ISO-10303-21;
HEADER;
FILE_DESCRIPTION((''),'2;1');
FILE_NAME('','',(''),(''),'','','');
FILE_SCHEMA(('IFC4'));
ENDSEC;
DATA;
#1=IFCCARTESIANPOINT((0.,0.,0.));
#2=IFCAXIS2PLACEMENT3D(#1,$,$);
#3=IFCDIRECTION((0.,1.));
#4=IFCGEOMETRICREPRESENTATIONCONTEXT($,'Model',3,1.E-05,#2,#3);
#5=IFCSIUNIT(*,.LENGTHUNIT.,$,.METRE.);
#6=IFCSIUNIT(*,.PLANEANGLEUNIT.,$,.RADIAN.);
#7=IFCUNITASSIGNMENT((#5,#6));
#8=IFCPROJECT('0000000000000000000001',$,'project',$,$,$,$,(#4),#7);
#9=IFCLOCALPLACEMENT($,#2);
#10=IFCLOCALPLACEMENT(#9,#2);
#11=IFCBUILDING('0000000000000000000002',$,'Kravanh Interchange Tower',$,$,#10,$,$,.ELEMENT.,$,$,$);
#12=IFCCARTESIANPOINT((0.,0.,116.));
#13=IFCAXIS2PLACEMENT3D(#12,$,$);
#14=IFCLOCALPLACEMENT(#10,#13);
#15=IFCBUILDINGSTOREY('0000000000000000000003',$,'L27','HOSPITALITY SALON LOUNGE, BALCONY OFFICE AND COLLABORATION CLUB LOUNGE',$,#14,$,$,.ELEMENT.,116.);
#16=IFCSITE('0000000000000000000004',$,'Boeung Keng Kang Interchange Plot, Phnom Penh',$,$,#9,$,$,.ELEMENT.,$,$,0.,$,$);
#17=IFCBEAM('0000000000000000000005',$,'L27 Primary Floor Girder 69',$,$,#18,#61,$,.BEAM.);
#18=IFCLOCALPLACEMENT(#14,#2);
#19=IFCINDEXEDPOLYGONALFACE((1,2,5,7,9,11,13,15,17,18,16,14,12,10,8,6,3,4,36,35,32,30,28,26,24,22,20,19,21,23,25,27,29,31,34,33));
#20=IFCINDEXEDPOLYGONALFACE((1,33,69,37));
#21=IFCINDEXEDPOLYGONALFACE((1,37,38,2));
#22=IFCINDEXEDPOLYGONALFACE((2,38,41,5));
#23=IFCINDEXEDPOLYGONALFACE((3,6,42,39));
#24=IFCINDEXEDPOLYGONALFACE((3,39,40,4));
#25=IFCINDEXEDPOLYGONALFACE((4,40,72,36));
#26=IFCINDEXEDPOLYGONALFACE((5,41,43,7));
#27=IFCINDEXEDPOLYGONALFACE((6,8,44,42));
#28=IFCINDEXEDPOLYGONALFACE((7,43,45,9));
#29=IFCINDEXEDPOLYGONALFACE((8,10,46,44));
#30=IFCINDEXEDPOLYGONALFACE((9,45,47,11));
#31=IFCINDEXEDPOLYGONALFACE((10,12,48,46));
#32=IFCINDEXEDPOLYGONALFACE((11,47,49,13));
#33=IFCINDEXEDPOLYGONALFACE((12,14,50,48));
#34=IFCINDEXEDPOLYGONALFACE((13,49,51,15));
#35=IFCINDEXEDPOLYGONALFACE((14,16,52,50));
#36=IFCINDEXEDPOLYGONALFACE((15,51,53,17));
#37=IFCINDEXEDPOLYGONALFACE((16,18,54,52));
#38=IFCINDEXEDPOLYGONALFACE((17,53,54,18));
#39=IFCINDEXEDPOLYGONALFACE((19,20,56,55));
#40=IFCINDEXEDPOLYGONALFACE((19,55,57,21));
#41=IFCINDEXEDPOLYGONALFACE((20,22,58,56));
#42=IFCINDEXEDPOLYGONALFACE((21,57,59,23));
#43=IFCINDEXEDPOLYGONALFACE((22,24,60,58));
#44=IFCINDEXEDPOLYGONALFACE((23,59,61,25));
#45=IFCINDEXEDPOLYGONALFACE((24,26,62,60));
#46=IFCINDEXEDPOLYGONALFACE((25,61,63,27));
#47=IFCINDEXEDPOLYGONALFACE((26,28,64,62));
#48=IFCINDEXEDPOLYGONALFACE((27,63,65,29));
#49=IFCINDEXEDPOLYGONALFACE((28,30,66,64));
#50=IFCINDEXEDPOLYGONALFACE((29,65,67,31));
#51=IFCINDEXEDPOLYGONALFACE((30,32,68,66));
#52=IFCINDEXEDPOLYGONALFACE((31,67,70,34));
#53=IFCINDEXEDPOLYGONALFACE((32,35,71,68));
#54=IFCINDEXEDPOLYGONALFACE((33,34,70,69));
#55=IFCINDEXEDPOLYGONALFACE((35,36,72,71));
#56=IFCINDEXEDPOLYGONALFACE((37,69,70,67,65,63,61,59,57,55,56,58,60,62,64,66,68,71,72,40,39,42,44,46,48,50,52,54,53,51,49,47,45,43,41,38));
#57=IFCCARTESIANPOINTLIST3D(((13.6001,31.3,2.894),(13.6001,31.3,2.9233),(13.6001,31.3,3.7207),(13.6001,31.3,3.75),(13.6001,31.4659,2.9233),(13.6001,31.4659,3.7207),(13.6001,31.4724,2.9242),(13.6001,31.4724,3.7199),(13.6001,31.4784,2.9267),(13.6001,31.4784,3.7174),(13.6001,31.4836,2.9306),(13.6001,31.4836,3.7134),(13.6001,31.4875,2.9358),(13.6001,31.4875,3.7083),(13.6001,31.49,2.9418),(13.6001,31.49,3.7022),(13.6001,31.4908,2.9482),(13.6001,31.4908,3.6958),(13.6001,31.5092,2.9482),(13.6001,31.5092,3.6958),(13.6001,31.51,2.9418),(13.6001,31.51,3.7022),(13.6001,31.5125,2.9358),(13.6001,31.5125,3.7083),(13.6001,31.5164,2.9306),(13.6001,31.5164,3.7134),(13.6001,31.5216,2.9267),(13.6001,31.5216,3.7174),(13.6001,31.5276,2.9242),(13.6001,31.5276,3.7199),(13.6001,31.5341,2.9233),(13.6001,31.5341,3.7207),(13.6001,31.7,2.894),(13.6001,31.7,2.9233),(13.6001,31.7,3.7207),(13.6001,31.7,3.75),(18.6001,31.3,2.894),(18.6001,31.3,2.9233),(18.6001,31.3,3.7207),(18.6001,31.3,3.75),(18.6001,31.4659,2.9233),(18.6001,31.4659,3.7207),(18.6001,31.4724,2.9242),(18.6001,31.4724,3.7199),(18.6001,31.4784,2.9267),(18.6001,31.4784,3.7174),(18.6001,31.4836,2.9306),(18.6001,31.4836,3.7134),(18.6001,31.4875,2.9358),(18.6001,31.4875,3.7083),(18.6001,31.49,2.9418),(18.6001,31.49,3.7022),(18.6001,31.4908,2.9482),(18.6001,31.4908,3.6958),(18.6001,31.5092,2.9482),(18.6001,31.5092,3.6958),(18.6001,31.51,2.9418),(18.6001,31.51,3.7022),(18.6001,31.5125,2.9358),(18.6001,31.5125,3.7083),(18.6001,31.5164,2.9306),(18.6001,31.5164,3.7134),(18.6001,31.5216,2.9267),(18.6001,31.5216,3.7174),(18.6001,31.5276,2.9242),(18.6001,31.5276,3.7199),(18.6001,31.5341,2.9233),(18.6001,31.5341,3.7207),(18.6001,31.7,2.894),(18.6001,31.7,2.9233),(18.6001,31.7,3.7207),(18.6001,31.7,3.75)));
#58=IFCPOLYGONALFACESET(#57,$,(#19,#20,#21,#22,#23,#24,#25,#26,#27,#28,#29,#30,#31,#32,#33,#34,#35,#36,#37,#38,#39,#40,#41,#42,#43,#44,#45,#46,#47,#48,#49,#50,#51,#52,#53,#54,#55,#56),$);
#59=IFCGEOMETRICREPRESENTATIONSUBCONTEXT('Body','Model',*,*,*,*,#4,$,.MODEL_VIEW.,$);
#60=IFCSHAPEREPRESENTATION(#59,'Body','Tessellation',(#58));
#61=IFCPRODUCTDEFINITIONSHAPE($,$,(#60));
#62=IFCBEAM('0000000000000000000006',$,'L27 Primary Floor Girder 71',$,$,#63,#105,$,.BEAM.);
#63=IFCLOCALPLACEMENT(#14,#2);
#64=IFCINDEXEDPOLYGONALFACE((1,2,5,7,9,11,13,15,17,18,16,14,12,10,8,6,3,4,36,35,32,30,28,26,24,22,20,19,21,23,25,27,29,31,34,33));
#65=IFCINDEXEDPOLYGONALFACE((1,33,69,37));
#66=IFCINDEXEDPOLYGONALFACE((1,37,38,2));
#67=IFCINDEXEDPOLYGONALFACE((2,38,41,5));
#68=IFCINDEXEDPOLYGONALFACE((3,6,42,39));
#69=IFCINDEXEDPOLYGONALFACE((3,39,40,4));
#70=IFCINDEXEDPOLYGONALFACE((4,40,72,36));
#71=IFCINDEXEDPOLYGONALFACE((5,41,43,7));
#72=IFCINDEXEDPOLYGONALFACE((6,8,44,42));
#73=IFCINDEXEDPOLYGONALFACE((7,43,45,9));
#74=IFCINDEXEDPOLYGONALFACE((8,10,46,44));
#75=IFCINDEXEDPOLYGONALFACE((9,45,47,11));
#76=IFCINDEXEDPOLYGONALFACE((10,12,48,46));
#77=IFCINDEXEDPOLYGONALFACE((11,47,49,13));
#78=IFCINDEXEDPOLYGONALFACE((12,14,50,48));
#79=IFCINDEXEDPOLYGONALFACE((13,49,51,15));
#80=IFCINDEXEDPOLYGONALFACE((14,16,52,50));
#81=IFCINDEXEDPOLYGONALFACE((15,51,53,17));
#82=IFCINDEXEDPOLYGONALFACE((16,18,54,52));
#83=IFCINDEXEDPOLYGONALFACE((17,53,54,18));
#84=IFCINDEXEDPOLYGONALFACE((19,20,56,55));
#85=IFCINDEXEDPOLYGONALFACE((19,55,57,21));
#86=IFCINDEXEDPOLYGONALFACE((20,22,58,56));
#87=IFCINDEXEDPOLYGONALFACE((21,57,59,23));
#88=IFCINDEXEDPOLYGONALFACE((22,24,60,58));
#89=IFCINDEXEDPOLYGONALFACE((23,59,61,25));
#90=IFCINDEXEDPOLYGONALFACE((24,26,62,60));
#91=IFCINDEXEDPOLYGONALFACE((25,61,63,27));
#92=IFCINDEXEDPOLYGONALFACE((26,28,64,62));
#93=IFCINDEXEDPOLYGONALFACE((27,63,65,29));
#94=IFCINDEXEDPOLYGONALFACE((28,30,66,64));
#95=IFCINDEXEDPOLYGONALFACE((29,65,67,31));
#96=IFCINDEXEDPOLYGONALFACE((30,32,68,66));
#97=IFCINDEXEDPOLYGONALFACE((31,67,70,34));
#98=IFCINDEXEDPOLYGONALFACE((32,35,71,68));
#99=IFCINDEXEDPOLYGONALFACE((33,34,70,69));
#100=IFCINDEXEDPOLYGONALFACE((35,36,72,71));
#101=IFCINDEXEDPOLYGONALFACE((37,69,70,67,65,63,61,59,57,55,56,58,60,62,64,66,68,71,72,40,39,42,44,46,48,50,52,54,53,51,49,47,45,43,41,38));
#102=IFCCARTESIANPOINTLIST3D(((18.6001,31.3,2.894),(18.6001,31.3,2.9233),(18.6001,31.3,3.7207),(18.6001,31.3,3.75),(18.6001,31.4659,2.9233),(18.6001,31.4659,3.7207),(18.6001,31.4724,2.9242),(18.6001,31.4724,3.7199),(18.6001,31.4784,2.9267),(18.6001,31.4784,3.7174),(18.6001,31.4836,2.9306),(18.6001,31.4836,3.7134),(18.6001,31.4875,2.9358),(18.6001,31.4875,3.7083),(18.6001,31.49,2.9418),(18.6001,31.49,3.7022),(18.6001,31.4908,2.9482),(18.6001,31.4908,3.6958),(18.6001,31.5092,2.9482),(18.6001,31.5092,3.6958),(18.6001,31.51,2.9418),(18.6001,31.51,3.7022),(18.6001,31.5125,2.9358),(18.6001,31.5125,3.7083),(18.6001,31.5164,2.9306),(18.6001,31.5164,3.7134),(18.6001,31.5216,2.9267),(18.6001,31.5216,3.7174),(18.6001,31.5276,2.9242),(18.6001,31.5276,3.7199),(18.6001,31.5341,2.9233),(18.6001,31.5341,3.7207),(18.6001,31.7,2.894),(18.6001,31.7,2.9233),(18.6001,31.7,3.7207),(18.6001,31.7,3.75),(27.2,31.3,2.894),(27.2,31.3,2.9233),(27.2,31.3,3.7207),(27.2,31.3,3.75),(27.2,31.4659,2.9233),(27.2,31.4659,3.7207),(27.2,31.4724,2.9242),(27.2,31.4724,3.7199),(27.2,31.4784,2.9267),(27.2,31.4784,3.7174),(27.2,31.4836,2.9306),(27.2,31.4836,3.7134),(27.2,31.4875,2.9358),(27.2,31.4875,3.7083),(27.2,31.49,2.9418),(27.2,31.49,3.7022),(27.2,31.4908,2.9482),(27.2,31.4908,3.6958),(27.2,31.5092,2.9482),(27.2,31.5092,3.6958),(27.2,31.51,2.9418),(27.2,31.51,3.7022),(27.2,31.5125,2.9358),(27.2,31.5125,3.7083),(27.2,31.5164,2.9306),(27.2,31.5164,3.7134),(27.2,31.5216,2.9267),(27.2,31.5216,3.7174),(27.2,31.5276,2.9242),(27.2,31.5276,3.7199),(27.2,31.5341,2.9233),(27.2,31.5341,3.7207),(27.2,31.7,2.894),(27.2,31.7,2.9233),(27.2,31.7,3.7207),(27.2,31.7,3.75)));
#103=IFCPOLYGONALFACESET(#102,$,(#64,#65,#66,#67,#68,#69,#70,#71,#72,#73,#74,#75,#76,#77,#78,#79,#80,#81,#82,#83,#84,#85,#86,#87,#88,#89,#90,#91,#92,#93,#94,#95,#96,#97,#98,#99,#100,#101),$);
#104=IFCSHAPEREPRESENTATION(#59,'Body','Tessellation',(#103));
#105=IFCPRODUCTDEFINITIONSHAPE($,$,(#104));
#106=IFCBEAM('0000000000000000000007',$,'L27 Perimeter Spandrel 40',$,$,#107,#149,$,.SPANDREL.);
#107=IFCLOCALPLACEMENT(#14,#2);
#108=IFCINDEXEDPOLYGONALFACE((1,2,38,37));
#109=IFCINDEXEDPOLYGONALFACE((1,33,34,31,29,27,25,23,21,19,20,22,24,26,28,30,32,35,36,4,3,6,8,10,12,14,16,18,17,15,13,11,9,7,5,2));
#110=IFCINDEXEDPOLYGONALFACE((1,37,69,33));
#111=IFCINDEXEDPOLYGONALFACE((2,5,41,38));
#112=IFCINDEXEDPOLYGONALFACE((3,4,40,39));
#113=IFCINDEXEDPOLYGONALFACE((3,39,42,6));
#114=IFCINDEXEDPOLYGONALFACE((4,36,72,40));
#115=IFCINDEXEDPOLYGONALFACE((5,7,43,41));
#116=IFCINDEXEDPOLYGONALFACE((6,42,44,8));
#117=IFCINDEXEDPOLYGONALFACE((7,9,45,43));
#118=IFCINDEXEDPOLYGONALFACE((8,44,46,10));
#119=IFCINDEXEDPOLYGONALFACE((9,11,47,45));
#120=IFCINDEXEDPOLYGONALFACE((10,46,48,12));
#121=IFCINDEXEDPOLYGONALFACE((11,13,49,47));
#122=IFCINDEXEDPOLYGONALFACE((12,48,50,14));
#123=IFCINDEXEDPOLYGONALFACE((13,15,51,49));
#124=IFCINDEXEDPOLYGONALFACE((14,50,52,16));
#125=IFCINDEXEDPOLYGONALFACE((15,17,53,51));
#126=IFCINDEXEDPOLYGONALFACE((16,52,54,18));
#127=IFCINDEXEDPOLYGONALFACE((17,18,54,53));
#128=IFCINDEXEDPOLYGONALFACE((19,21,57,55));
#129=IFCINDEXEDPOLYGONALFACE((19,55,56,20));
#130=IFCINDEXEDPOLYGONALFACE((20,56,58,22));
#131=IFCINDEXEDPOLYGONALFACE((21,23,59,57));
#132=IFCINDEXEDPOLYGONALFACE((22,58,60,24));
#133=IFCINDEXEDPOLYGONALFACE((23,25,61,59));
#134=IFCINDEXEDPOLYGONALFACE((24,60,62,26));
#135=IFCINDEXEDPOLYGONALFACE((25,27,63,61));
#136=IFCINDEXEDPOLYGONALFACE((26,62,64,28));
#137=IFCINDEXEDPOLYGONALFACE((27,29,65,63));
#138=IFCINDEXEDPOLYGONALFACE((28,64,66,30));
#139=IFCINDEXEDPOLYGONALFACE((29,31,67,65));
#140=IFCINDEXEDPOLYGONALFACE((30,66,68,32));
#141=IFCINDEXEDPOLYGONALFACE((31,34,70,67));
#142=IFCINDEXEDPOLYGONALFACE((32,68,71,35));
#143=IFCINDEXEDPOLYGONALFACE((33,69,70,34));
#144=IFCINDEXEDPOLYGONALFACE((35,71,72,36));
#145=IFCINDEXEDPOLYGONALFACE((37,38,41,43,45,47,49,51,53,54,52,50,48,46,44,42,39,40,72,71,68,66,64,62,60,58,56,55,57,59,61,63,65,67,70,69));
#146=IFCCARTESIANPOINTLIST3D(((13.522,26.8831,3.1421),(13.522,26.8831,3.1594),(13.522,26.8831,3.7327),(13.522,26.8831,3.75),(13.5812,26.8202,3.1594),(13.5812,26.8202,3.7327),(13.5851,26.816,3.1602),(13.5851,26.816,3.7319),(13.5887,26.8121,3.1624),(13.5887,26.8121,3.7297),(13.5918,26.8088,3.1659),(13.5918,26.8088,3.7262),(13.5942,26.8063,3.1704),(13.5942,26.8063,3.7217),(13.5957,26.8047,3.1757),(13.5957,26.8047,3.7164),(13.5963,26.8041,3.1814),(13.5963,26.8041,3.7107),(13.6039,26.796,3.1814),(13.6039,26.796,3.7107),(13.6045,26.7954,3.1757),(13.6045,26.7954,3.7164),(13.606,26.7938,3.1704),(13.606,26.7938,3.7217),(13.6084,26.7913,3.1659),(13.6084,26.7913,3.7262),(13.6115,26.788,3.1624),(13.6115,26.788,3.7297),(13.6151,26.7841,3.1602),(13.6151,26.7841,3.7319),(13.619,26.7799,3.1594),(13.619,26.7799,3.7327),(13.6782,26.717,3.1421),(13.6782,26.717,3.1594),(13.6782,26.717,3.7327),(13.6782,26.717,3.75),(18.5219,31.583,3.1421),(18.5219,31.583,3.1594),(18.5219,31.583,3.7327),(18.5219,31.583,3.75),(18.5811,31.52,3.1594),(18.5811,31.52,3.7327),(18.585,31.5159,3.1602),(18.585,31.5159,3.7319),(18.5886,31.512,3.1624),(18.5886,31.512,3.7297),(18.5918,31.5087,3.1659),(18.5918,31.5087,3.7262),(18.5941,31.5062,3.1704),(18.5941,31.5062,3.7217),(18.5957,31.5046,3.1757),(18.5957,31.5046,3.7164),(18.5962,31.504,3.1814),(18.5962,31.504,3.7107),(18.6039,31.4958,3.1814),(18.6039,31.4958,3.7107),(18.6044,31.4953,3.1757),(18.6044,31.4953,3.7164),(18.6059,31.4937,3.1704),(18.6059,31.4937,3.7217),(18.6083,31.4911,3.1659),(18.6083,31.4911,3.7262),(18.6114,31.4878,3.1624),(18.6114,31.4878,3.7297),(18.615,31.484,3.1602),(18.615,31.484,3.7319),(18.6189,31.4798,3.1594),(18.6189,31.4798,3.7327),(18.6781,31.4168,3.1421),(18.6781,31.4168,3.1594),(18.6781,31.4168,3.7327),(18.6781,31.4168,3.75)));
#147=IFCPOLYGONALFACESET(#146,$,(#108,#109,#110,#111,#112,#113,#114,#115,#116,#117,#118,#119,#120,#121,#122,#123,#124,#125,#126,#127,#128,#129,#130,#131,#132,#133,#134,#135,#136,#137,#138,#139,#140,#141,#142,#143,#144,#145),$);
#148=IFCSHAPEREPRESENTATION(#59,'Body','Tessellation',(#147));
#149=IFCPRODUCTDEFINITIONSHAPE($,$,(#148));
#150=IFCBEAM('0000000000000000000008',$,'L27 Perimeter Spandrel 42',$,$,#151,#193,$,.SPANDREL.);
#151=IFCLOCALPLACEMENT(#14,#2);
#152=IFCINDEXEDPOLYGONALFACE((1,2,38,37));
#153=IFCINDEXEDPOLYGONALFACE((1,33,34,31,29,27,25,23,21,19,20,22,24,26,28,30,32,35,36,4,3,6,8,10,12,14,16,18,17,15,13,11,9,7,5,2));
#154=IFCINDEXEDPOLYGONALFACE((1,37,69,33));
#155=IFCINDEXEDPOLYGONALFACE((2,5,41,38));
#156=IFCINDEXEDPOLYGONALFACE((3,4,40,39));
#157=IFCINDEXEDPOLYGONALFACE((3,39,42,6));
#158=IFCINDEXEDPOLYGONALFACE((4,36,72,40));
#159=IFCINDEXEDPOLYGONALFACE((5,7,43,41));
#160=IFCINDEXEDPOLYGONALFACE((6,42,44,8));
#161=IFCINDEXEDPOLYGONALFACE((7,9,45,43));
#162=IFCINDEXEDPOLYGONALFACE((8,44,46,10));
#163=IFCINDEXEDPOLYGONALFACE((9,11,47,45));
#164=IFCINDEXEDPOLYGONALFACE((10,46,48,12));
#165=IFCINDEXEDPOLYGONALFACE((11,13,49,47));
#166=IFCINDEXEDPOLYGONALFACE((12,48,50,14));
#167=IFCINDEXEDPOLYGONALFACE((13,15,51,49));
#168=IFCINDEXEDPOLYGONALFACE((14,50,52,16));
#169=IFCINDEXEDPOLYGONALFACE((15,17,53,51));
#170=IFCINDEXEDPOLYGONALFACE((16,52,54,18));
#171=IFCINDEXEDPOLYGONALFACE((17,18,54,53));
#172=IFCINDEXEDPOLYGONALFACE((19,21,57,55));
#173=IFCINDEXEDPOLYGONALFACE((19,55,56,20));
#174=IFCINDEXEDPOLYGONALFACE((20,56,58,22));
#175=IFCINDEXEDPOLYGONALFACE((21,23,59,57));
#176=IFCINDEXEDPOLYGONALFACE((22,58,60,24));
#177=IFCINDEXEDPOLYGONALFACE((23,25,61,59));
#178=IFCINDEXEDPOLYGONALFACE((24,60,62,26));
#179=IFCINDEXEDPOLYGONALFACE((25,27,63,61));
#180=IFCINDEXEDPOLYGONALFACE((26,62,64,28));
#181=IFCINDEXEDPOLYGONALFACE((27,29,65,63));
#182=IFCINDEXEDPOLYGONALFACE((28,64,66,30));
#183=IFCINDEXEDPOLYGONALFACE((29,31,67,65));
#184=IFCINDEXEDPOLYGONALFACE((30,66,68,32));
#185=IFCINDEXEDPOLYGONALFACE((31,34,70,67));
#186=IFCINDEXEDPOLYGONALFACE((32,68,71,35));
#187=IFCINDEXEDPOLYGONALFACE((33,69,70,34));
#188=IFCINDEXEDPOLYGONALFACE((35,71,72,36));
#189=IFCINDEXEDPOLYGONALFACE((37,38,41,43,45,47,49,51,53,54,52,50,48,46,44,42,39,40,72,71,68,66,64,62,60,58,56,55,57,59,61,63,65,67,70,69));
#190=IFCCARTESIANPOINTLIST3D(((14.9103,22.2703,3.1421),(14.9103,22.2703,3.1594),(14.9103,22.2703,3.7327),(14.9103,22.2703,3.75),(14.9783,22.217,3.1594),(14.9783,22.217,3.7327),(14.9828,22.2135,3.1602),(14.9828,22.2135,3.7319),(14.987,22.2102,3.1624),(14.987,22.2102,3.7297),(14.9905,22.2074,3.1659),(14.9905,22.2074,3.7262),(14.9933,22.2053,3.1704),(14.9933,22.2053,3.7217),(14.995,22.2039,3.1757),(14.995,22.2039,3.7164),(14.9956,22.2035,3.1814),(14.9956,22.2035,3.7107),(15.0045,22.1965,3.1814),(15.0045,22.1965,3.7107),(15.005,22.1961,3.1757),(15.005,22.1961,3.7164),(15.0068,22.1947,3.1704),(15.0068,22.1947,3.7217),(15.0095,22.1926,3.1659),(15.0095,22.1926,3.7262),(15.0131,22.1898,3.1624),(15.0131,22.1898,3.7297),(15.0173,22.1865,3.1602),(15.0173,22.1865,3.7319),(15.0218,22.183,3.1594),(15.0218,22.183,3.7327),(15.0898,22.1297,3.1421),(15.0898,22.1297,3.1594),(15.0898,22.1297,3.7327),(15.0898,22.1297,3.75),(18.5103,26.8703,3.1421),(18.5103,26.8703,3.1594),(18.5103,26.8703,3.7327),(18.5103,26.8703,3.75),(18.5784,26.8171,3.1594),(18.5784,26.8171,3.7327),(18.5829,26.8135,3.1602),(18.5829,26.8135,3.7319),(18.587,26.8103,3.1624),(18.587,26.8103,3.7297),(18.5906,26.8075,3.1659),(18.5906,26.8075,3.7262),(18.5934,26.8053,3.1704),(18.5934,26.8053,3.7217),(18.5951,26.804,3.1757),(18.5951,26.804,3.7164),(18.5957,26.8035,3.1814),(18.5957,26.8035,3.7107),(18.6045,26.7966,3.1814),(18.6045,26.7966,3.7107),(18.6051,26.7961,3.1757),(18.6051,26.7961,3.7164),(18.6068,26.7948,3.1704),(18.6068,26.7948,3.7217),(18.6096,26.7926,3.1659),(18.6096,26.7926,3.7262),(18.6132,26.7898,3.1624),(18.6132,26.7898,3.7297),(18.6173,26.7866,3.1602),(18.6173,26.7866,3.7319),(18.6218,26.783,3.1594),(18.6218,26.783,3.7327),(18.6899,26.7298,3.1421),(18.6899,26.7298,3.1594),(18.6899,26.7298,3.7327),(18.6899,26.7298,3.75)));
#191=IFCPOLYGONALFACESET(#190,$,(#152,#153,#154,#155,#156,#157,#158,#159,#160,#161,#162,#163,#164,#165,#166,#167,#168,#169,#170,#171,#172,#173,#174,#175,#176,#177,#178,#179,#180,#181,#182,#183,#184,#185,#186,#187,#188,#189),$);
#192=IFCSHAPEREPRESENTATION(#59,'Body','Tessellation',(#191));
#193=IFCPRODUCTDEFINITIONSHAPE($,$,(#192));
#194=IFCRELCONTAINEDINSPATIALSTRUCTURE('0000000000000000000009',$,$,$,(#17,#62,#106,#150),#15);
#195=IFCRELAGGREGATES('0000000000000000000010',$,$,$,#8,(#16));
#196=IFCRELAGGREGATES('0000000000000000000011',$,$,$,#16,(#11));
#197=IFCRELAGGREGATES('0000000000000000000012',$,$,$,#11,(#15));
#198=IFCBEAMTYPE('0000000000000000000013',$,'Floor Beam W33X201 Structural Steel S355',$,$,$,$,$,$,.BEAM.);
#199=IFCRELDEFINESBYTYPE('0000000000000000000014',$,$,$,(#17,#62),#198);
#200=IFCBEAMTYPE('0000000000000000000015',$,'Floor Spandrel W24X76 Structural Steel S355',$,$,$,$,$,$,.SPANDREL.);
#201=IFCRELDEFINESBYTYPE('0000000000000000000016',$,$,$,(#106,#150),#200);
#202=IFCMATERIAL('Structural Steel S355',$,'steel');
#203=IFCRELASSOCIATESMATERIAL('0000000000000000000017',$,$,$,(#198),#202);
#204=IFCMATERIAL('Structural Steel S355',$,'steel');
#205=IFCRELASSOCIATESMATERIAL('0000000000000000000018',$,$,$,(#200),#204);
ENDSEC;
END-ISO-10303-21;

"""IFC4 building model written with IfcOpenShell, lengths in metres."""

from ifc_helpers import new_model, si_unit, direction, frame, origin, origin_2d, place, context, subcontext, project, spatial, i_section, extrude, material, material_profile, profile_set, type_object, element, save


model = new_model("IFC4")

# Units and contexts
model_context = context("Model", 3, precision=1e-05, world=origin(), true_north=direction((0.0, 1.0)))
body_context = subcontext(model_context, "Body", "Model", "MODEL_VIEW")
ifc_project = project(units=[si_unit("LENGTHUNIT", "METRE"), si_unit("PLANEANGLEUNIT", "RADIAN")], contexts=[model_context])

# Site, building, storey
site_placement = place(None, origin())
site = spatial("IfcSite", under=ifc_project, at=site_placement, Name="Boeung Keng Kang Interchange Plot, Phnom Penh", CompositionType="ELEMENT", RefElevation=0.0)
building_placement = place(site_placement, origin())
building = spatial("IfcBuilding", under=site, at=building_placement, Name="Kravanh Interchange Tower", CompositionType="ELEMENT")
storey_placement = place(building_placement, frame((0.0, 0.0, 116.0)))
storey = spatial("IfcBuildingStorey", under=building, at=storey_placement, Name="L27", Description="HOSPITALITY SALON LOUNGE, BALCONY OFFICE AND COLLABORATION CLUB LOUNGE", CompositionType="ELEMENT", Elevation=116.0)

# Beams
ifc_material_1 = material(Name="Structural Steel S355", Category="steel")
ifc_material_profile_1 = material_profile(ifc_material_1, i_section(OverallWidth=0.3999, OverallDepth=0.856, WebThickness=0.0183, FlangeThickness=0.0293, FilletRadius=0.0249, at=origin_2d()), Name="W33X201")
ifc_profile_set_1 = profile_set([ifc_material_profile_1], Name="Structural Steel S355")
beam_type_1 = type_object("IfcBeamType", Name="Floor Beam W33X201 Structural Steel S355", PredefinedType="BEAM", material=ifc_profile_set_1)
beam_1_placement = place(storey_placement, frame((13.6001, 31.5, 3.322), z_axis=(1.0, 0.0, 0.0), x_axis=(0.0, 1.0, 0.0)))
element("IfcBeam", 1, at=beam_1_placement, inside=storey, type_object=beam_type_1, Name="L27 Primary Floor Girder 69", PredefinedType="BEAM", context=body_context, shape_type="SweptSolid", body=[
    extrude(i_section(OverallWidth=0.3999, OverallDepth=0.856, WebThickness=0.0183, FlangeThickness=0.0293, FilletRadius=0.0249, at=origin_2d()), origin(), (0.0, 0.0, 1.0), 5.0),
])
beam_2_placement = place(storey_placement, frame((18.6001, 31.5, 3.322), z_axis=(1.0, 0.0, 0.0), x_axis=(0.0, 1.0, 0.0)))
element("IfcBeam", 2, at=beam_2_placement, inside=storey, type_object=beam_type_1, Name="L27 Primary Floor Girder 71", PredefinedType="BEAM", context=body_context, shape_type="SweptSolid", body=[
    extrude(i_section(OverallWidth=0.3999, OverallDepth=0.856, WebThickness=0.0183, FlangeThickness=0.0293, FilletRadius=0.0249, at=origin_2d()), origin(), (0.0, 0.0, 1.0), 8.5999),
])
ifc_material_2 = material(Name="Structural Steel S355", Category="steel")
ifc_material_profile_2 = material_profile(ifc_material_2, i_section(OverallWidth=0.228, OverallDepth=0.6079, WebThickness=0.0112, FlangeThickness=0.0173, FilletRadius=0.022, at=origin_2d()), Name="W24X76")
ifc_profile_set_2 = profile_set([ifc_material_profile_2], Name="Structural Steel S355")
beam_type_2 = type_object("IfcBeamType", Name="Floor Spandrel W24X76 Structural Steel S355", PredefinedType="SPANDREL", material=ifc_profile_set_2)
beam_3_placement = place(storey_placement, frame((13.6001, 26.8, 3.446), z_axis=(0.728631, 0.684906, 0.0), x_axis=(-0.684906, 0.728631, 0.0)))
element("IfcBeam", 3, at=beam_3_placement, inside=storey, type_object=beam_type_2, Name="L27 Perimeter Spandrel 40", PredefinedType="SPANDREL", context=body_context, shape_type="SweptSolid", body=[
    extrude(i_section(OverallWidth=0.228, OverallDepth=0.6079, WebThickness=0.0112, FlangeThickness=0.0173, FilletRadius=0.022, at=origin_2d()), origin(), (0.0, 0.0, 1.0), 6.8621),
])
beam_4_placement = place(storey_placement, frame((18.6001, 26.8, 3.446), z_axis=(-0.616311, -0.787503, 0.0), x_axis=(0.787503, -0.616311, 0.0)))
element("IfcBeam", 4, at=beam_4_placement, inside=storey, type_object=beam_type_2, Name="L27 Perimeter Spandrel 42", PredefinedType="SPANDREL", context=body_context, shape_type="SweptSolid", body=[
    extrude(i_section(OverallWidth=0.228, OverallDepth=0.6079, WebThickness=0.0112, FlangeThickness=0.0173, FilletRadius=0.022, at=origin_2d()), origin(), (0.0, 0.0, 1.0), 5.8413),
])

save(model, "model.ifc")
